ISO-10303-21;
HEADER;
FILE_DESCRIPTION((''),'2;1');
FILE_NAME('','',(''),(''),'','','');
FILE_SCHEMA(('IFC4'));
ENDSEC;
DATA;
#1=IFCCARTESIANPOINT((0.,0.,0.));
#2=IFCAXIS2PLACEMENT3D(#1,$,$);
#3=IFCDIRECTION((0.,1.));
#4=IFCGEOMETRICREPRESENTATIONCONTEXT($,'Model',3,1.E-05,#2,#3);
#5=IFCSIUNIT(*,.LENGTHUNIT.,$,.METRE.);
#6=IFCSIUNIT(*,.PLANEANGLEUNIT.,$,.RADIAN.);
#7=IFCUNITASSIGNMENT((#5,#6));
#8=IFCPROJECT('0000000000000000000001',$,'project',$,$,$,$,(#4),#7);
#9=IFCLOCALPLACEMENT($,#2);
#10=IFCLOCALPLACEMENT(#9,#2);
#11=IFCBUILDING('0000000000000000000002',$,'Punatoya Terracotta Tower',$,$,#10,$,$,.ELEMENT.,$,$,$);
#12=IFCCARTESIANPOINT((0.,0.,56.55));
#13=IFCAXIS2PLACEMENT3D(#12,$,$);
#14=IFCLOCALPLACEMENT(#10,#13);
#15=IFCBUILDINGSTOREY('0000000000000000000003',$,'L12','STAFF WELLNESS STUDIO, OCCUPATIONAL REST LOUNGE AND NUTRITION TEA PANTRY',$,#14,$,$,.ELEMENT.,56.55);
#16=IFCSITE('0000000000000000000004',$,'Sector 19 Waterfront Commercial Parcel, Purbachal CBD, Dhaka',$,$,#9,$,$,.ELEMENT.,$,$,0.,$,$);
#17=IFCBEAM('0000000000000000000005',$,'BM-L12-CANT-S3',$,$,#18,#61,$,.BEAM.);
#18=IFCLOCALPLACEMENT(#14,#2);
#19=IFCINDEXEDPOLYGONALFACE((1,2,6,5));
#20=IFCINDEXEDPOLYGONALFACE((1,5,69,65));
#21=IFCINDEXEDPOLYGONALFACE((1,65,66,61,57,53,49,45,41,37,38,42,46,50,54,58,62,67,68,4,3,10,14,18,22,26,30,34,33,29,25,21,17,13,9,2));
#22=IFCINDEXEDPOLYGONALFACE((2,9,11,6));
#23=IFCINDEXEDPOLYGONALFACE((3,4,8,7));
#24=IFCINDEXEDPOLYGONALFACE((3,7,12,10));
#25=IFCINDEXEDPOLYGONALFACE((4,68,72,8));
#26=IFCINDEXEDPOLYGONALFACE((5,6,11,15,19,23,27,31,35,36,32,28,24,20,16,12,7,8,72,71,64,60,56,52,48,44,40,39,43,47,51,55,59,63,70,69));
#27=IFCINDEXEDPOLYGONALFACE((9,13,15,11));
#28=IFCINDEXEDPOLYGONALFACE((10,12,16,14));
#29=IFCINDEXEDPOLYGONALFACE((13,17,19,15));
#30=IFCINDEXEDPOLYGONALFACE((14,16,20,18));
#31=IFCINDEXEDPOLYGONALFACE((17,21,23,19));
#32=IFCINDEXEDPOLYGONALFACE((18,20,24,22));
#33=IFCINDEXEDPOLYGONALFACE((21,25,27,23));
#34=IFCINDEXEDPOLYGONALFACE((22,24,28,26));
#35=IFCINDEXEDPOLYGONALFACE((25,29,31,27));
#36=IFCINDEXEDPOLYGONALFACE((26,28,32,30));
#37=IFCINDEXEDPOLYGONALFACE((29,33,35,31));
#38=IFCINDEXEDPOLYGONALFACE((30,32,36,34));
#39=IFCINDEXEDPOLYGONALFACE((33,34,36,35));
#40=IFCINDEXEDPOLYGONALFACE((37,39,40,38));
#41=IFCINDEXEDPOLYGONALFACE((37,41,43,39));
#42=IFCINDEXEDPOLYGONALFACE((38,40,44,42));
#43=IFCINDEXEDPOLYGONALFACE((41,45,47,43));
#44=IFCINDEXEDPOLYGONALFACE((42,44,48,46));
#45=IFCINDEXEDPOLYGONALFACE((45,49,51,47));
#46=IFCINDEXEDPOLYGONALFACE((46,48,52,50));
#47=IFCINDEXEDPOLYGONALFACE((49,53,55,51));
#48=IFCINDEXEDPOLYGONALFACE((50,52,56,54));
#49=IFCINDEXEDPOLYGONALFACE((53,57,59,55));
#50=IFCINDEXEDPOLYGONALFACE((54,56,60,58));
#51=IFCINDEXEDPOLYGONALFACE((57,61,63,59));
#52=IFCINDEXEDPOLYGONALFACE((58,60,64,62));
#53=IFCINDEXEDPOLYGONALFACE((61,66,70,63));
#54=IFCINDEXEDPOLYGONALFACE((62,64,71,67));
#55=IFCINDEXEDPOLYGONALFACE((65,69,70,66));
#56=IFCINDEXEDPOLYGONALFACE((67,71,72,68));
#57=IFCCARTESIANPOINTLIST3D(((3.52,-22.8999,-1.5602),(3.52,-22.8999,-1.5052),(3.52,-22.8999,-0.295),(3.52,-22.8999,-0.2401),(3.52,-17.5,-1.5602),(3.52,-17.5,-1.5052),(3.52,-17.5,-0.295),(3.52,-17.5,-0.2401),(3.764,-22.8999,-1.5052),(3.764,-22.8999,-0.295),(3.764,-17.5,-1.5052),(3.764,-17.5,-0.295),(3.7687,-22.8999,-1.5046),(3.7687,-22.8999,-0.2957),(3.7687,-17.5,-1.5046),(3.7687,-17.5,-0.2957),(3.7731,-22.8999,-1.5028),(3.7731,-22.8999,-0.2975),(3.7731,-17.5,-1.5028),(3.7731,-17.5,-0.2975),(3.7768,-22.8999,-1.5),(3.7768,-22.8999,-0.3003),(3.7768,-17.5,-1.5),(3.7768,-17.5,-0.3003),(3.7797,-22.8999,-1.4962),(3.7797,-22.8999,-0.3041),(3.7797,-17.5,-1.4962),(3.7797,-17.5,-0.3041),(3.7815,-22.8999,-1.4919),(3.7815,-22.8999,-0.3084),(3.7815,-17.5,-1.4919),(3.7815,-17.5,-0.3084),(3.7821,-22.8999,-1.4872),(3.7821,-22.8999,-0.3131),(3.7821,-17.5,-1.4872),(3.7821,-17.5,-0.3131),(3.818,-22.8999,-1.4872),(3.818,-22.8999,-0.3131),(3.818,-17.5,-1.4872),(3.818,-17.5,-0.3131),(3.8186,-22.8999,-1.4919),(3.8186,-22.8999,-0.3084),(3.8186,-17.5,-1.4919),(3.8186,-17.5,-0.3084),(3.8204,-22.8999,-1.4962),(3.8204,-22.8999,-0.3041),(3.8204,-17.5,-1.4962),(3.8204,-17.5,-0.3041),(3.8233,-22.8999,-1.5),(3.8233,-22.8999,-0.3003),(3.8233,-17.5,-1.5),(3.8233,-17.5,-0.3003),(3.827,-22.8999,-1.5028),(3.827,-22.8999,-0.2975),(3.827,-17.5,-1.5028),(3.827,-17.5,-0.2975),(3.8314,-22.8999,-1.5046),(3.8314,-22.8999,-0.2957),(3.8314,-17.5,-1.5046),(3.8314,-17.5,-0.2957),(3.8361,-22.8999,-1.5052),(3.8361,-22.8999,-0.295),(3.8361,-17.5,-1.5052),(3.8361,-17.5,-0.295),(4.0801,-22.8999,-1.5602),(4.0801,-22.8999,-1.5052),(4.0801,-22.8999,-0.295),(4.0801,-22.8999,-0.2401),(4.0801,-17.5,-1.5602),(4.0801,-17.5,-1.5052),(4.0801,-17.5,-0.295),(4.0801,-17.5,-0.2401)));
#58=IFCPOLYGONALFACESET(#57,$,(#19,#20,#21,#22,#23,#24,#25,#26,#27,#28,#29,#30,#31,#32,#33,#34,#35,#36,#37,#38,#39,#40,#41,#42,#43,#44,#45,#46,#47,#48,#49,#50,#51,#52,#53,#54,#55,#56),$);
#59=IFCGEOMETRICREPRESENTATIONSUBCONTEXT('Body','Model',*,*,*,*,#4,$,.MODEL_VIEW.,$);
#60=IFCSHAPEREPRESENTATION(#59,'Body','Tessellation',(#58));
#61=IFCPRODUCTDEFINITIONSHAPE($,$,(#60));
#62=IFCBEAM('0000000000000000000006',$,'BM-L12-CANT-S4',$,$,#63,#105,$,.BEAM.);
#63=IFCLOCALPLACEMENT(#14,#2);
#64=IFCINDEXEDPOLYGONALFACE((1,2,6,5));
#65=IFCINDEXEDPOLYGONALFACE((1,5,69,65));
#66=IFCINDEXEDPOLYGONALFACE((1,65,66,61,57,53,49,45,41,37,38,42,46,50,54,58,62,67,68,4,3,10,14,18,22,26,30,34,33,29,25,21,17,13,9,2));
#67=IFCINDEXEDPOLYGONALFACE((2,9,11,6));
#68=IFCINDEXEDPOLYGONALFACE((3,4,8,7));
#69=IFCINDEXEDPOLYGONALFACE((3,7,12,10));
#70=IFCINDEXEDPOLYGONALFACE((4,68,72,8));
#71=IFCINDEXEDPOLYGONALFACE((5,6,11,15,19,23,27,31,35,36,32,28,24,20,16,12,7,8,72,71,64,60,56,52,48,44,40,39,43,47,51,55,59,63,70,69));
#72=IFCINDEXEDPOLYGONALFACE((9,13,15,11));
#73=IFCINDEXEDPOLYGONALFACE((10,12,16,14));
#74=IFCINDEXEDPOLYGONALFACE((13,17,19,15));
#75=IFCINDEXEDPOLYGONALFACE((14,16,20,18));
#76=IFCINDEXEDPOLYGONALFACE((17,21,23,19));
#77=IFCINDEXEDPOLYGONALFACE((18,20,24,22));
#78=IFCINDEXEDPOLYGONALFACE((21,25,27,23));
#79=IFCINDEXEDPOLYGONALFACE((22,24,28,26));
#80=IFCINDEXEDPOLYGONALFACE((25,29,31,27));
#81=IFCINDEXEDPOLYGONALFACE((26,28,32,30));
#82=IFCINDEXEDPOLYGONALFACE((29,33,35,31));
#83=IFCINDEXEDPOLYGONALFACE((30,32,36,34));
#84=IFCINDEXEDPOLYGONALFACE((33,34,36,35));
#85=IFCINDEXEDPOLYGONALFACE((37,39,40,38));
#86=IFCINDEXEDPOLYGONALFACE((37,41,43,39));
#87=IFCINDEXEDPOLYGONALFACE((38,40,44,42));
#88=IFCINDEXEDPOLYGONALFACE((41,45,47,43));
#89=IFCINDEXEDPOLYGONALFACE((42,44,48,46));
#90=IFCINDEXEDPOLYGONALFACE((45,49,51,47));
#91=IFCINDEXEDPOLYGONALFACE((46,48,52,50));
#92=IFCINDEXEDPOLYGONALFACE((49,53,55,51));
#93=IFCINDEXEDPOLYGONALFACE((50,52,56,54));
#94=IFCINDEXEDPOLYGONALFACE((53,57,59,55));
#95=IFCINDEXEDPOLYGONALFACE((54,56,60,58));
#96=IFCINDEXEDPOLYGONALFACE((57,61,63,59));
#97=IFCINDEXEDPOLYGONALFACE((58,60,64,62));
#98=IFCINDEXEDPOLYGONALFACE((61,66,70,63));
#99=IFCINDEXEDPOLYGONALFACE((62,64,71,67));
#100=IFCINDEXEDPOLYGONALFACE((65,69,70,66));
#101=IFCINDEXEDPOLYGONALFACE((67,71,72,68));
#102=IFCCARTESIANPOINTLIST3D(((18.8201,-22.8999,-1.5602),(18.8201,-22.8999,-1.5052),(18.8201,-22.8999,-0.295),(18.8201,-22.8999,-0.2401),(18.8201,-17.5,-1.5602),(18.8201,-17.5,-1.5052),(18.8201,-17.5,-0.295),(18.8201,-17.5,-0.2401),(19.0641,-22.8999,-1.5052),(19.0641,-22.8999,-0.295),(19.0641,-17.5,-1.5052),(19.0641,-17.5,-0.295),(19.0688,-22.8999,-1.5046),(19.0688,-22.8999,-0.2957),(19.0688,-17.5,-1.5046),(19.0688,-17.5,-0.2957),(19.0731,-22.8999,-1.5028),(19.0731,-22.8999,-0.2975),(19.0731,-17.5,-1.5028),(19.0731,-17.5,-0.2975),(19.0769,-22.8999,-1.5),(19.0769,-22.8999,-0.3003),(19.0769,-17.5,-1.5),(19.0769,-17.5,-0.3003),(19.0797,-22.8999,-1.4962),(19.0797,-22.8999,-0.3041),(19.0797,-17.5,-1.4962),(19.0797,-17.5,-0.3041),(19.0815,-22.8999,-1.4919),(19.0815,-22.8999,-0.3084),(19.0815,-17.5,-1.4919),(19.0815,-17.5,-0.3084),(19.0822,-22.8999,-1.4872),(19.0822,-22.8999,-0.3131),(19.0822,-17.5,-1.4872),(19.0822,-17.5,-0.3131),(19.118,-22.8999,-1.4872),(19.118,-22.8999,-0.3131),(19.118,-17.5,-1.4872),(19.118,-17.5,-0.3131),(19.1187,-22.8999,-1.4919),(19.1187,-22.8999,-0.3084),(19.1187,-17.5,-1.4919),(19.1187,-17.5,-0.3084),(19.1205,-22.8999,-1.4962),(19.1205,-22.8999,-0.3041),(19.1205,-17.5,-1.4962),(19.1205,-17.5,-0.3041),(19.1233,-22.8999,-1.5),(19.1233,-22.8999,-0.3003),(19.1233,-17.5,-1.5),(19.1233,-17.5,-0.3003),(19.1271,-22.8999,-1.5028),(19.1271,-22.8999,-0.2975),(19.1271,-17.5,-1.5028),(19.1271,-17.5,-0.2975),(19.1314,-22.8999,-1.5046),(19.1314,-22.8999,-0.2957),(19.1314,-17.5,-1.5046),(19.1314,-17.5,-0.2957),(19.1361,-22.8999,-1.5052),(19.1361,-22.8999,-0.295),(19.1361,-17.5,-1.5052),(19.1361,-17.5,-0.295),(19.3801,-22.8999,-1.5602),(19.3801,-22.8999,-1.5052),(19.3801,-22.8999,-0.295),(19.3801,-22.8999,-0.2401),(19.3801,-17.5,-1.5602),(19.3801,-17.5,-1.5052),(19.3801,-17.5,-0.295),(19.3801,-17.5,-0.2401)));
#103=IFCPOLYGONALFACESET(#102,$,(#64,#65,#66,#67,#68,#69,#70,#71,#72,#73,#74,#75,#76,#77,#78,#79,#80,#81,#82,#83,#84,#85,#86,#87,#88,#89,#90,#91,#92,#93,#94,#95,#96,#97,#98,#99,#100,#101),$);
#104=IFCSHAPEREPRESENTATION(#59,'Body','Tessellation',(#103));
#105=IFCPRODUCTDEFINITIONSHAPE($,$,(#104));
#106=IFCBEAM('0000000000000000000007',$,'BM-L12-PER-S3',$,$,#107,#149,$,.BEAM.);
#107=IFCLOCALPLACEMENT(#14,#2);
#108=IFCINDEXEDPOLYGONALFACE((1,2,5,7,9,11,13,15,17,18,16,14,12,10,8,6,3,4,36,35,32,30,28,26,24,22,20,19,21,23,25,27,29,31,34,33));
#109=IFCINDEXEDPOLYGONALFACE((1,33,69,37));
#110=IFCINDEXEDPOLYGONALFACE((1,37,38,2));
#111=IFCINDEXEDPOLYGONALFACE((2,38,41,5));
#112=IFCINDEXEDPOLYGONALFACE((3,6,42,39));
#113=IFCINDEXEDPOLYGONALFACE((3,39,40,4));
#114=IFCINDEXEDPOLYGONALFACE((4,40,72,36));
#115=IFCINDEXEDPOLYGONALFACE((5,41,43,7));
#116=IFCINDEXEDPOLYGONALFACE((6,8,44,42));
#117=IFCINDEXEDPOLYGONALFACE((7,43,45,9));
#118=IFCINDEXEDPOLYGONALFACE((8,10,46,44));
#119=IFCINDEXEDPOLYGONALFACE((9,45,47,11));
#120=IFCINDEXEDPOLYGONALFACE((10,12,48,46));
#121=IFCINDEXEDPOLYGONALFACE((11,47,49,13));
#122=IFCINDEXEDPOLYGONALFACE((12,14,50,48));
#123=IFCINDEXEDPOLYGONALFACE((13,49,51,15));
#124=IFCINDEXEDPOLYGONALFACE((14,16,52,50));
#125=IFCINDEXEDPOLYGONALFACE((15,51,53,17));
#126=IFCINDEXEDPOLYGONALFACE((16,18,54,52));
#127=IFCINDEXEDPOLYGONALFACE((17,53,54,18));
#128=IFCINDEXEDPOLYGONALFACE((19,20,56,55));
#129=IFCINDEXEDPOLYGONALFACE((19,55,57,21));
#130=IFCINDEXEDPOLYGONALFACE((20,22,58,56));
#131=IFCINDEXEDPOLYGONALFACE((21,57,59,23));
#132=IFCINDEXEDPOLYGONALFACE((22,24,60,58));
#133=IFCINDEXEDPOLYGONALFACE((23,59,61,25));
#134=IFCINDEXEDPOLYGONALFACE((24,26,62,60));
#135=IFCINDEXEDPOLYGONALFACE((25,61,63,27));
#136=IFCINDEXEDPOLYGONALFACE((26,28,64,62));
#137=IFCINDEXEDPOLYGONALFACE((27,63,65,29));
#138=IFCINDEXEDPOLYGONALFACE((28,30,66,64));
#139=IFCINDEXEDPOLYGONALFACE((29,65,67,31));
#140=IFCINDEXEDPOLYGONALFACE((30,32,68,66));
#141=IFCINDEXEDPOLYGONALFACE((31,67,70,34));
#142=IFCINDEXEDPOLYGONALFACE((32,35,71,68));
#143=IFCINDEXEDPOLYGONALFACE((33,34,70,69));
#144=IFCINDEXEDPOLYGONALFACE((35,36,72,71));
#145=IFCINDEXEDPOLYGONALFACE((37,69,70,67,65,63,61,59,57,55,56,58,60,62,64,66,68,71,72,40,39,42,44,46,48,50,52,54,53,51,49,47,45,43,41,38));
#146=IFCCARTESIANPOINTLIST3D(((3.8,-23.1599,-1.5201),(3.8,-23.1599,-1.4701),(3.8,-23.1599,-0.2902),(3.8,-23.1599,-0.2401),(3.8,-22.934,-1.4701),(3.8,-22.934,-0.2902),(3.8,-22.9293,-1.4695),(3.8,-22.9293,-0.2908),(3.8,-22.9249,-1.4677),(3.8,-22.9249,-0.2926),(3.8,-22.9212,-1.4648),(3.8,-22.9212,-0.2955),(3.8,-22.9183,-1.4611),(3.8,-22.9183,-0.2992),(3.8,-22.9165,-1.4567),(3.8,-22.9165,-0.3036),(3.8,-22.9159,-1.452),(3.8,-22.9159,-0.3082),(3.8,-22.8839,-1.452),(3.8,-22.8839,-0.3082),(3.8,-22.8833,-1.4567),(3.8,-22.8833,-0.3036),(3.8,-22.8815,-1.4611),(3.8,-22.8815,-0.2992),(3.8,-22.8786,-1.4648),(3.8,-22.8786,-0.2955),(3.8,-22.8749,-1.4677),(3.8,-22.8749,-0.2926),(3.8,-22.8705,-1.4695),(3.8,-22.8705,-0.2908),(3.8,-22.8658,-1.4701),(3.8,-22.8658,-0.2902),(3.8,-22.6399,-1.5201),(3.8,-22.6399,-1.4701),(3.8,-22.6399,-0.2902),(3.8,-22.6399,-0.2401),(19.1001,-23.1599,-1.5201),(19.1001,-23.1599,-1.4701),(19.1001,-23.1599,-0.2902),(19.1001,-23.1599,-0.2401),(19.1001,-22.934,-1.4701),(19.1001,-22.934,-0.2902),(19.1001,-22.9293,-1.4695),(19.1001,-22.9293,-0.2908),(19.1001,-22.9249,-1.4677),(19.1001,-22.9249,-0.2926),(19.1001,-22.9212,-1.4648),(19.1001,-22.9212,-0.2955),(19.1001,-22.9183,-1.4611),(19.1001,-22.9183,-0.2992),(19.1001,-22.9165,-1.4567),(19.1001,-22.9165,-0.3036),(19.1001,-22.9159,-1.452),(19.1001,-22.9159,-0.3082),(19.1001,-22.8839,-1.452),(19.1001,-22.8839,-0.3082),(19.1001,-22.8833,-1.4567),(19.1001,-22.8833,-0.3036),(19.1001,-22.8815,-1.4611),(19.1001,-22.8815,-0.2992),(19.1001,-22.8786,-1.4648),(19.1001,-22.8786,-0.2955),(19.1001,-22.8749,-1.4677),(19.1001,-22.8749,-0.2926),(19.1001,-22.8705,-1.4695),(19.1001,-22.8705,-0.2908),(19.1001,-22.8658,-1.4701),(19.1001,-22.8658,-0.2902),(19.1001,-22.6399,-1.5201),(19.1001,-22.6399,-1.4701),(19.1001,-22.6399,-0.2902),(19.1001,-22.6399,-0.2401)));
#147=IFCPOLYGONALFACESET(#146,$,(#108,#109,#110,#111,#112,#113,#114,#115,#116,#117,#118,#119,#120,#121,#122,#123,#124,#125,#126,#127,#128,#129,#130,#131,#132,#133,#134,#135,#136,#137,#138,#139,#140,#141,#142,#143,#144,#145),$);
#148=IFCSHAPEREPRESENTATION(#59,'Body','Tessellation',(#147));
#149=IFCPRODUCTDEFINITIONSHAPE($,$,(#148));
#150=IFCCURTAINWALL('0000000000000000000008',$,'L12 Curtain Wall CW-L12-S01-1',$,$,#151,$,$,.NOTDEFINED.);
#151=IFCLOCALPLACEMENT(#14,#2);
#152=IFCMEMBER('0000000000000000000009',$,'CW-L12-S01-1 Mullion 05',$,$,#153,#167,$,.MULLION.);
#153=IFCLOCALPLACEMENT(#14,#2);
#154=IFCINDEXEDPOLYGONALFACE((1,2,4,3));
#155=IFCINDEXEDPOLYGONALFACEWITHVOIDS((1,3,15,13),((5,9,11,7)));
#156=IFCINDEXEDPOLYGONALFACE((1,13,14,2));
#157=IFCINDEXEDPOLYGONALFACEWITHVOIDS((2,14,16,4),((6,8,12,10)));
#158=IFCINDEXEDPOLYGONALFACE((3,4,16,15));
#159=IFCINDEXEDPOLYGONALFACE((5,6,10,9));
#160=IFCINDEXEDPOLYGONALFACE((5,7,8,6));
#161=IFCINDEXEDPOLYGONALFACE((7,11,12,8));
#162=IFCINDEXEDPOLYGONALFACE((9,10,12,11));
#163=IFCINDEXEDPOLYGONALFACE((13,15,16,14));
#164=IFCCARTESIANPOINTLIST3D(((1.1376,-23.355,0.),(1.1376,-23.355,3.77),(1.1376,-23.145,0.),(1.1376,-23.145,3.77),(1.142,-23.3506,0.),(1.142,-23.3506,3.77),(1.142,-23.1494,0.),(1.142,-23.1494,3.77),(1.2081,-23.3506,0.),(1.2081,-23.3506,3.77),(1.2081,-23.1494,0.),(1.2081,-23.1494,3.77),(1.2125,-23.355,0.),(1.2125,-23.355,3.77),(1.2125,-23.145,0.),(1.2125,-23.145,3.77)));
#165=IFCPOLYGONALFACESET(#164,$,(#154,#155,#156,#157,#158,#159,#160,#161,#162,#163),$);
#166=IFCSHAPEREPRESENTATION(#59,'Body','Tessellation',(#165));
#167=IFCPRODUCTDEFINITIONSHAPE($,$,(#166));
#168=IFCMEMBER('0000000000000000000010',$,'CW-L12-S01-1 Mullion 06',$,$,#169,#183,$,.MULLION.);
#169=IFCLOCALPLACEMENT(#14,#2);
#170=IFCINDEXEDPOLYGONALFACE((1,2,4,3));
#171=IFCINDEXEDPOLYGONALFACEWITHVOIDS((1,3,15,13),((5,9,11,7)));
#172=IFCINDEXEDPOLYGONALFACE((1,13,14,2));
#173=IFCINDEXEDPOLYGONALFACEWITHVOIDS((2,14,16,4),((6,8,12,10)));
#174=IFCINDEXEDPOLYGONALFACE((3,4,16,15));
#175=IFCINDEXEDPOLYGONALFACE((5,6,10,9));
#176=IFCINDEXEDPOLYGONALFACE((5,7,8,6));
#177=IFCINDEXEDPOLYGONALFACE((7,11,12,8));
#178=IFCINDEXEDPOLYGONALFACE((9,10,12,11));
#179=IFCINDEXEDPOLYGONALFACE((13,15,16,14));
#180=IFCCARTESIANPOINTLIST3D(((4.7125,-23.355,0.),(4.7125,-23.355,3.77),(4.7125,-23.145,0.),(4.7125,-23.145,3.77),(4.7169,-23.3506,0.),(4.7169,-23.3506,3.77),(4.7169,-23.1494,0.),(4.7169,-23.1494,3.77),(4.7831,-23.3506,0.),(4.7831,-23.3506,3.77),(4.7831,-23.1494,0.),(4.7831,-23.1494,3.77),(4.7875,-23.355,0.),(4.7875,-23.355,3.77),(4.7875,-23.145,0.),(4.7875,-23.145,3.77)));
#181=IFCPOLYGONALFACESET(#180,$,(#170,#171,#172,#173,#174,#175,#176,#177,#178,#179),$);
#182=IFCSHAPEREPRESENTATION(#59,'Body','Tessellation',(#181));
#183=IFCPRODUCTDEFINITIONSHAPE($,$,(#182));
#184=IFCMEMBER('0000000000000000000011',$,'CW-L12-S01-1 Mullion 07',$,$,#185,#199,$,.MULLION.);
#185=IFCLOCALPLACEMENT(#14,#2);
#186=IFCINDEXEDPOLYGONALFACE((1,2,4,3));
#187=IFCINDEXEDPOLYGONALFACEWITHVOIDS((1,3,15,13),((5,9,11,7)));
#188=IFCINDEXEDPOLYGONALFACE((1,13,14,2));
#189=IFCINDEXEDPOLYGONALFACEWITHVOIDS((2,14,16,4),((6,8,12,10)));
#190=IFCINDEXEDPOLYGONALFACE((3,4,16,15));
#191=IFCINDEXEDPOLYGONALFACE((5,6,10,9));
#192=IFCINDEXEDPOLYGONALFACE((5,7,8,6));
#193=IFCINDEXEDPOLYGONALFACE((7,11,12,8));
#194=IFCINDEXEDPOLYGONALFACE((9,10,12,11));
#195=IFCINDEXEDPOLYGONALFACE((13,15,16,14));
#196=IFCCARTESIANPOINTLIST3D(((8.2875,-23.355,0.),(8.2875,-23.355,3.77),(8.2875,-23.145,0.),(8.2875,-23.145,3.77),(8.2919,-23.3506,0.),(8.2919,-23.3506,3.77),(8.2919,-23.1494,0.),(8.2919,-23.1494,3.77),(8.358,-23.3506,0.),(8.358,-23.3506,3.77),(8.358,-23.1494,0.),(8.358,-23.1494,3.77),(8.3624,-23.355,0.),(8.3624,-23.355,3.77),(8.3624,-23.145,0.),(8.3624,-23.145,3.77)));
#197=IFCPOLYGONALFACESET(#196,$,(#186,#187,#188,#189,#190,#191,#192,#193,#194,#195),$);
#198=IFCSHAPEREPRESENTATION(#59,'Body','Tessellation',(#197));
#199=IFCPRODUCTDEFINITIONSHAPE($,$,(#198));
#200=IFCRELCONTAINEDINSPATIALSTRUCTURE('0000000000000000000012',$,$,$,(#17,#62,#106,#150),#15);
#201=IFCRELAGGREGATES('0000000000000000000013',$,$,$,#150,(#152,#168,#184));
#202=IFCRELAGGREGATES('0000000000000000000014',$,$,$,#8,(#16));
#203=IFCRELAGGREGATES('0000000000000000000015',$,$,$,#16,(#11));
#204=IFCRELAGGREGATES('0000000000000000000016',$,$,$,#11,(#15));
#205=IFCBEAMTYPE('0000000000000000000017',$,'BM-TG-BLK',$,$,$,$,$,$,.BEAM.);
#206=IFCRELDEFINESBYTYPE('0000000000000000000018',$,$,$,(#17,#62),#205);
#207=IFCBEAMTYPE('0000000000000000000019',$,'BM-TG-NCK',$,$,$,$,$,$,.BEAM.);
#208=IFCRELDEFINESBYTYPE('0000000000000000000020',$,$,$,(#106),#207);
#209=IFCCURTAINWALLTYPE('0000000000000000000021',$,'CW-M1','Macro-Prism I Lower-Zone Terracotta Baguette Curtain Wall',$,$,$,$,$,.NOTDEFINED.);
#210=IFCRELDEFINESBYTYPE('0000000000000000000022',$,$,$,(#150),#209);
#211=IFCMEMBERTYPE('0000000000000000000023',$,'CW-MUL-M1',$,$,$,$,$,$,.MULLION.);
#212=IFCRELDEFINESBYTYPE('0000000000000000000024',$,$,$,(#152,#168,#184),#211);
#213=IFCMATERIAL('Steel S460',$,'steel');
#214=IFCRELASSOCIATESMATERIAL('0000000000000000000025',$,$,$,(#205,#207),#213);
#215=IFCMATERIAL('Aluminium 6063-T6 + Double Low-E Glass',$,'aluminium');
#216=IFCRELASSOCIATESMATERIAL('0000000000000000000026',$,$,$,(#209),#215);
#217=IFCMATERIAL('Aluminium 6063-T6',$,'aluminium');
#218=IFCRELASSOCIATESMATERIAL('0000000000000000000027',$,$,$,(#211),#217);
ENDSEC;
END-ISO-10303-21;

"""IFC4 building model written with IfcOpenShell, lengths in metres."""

from ifc_helpers import new_model, si_unit, direction, frame, origin, origin_2d, place, context, subcontext, project, spatial, hollow_rectangle, i_section, extrude, material, material_profile, profile_set, type_object, element, aggregate, save


model = new_model("IFC4")

# Units and contexts
model_context = context("Model", 3, precision=1e-05, world=origin(), true_north=direction((0.0, 1.0)))
body_context = subcontext(model_context, "Body", "Model", "MODEL_VIEW")
ifc_project = project(units=[si_unit("LENGTHUNIT", "METRE"), si_unit("PLANEANGLEUNIT", "RADIAN")], contexts=[model_context])

# Site, building, storey
site_placement = place(None, origin())
site = spatial("IfcSite", under=ifc_project, at=site_placement, Name="Sector 19 Waterfront Commercial Parcel, Purbachal CBD, Dhaka", CompositionType="ELEMENT", RefElevation=0.0)
building_placement = place(site_placement, origin())
building = spatial("IfcBuilding", under=site, at=building_placement, Name="Punatoya Terracotta Tower", CompositionType="ELEMENT")
storey_placement = place(building_placement, frame((0.0, 0.0, 56.55)))
storey = spatial("IfcBuildingStorey", under=building, at=storey_placement, Name="L12", Description="STAFF WELLNESS STUDIO, OCCUPATIONAL REST LOUNGE AND NUTRITION TEA PANTRY", CompositionType="ELEMENT", Elevation=56.55)

# Shared definitions
ifc_material_1 = material(Name="Steel S460", Category="steel")

# Beams
ifc_material_profile_1 = material_profile(ifc_material_1, i_section(OverallWidth=0.5601, OverallDepth=1.3201, WebThickness=0.0359, FlangeThickness=0.0549, FilletRadius=0.0181, at=origin_2d()))
ifc_profile_set_1 = profile_set([ifc_material_profile_1], Name="Steel S460")
beam_type_1 = type_object("IfcBeamType", Name="BM-TG-BLK", PredefinedType="BEAM", material=ifc_profile_set_1)
for number, where, z_axis, x_axis, name in (
    (1, (3.8, -22.8999, -0.9001), (0.0, 1.0, 0.0), (-1.0, 0.0, 0.0), "BM-L12-CANT-S3"),
    (2, (19.1001, -22.8999, -0.9001), (0.0, 1.0, 0.0), (-1.0, 0.0, 0.0), "BM-L12-CANT-S4"),
):
    element("IfcBeam", number, at=place(storey_placement, frame(where, z_axis=z_axis, x_axis=x_axis)), inside=storey, type_object=beam_type_1, Name=name, PredefinedType="BEAM", context=body_context, shape_type="SweptSolid", body=[
        extrude(i_section(OverallWidth=0.5601, OverallDepth=1.3201, WebThickness=0.0359, FlangeThickness=0.0549, FilletRadius=0.0181, at=origin_2d()), origin(), (0.0, 0.0, 1.0), 5.3999),
    ])
ifc_material_profile_2 = material_profile(ifc_material_1, i_section(OverallWidth=0.52, OverallDepth=1.28, WebThickness=0.032, FlangeThickness=0.05, FilletRadius=0.0181, at=origin_2d()))
ifc_profile_set_2 = profile_set([ifc_material_profile_2], Name="Steel S460")
beam_type_2 = type_object("IfcBeamType", Name="BM-TG-NCK", PredefinedType="BEAM", material=ifc_profile_set_2)
beam_1_placement = place(storey_placement, frame((3.8, -22.8999, -0.8801), z_axis=(1.0, 0.0, 0.0), x_axis=(0.0, 1.0, 0.0)))
element("IfcBeam", 3, at=beam_1_placement, inside=storey, type_object=beam_type_2, Name="BM-L12-PER-S3", PredefinedType="BEAM", context=body_context, shape_type="SweptSolid", body=[
    extrude(i_section(OverallWidth=0.52, OverallDepth=1.28, WebThickness=0.032, FlangeThickness=0.05, FilletRadius=0.0181, at=origin_2d()), origin(), (0.0, 0.0, 1.0), 15.3),
])

# Curtain wall, members
ifc_material_2 = material(Name="Aluminium 6063-T6 + Double Low-E Glass", Category="aluminium")
curtain_wall_type = type_object("IfcCurtainWallType", Name="CW-M1", Description="Macro-Prism I Lower-Zone Terracotta Baguette Curtain Wall", PredefinedType="NOTDEFINED", material=ifc_material_2)
curtain_wall_1_placement = place(storey_placement, origin())
curtain_wall_1 = element("IfcCurtainWall", 4, at=curtain_wall_1_placement, inside=storey, type_object=curtain_wall_type, Name="L12 Curtain Wall CW-L12-S01-1", PredefinedType="NOTDEFINED")
ifc_material_3 = material(Name="Aluminium 6063-T6", Category="aluminium")
ifc_material_profile_3 = material_profile(ifc_material_3, hollow_rectangle(XDim=0.075, YDim=0.21, WallThickness=0.0044, at=origin_2d()))
ifc_profile_set_3 = profile_set([ifc_material_profile_3], Name="Aluminium 6063-T6")
member_type_1 = type_object("IfcMemberType", Name="CW-MUL-M1", PredefinedType="MULLION", material=ifc_profile_set_3)
member_1_placement = place(storey_placement, frame((1.175, -23.25, 0.0), z_axis=(0.0, 0.0, 1.0), x_axis=(1.0, 0.0, 0.0)))
member_1 = element("IfcMember", 5, at=member_1_placement, type_object=member_type_1, Name="CW-L12-S01-1 Mullion 05", PredefinedType="MULLION", context=body_context, shape_type="SweptSolid", body=[
    extrude(hollow_rectangle(XDim=0.075, YDim=0.21, WallThickness=0.0044, at=origin_2d()), origin(), (0.0, 0.0, 1.0), 3.77),
])
member_2_placement = place(storey_placement, frame((4.75, -23.25, 0.0), z_axis=(0.0, 0.0, 1.0), x_axis=(1.0, 0.0, 0.0)))
member_2 = element("IfcMember", 6, at=member_2_placement, type_object=member_type_1, Name="CW-L12-S01-1 Mullion 06", PredefinedType="MULLION", context=body_context, shape_type="SweptSolid", body=[
    extrude(hollow_rectangle(XDim=0.075, YDim=0.21, WallThickness=0.0044, at=origin_2d()), origin(), (0.0, 0.0, 1.0), 3.77),
])
member_3_placement = place(storey_placement, frame((8.325, -23.25, 0.0), z_axis=(0.0, 0.0, 1.0), x_axis=(1.0, 0.0, 0.0)))
member_3 = element("IfcMember", 7, at=member_3_placement, type_object=member_type_1, Name="CW-L12-S01-1 Mullion 07", PredefinedType="MULLION", context=body_context, shape_type="SweptSolid", body=[
    extrude(hollow_rectangle(XDim=0.075, YDim=0.21, WallThickness=0.0044, at=origin_2d()), origin(), (0.0, 0.0, 1.0), 3.77),
])

aggregate(curtain_wall_1, [member_1, member_2, member_3])

save(model, "model.ifc")
